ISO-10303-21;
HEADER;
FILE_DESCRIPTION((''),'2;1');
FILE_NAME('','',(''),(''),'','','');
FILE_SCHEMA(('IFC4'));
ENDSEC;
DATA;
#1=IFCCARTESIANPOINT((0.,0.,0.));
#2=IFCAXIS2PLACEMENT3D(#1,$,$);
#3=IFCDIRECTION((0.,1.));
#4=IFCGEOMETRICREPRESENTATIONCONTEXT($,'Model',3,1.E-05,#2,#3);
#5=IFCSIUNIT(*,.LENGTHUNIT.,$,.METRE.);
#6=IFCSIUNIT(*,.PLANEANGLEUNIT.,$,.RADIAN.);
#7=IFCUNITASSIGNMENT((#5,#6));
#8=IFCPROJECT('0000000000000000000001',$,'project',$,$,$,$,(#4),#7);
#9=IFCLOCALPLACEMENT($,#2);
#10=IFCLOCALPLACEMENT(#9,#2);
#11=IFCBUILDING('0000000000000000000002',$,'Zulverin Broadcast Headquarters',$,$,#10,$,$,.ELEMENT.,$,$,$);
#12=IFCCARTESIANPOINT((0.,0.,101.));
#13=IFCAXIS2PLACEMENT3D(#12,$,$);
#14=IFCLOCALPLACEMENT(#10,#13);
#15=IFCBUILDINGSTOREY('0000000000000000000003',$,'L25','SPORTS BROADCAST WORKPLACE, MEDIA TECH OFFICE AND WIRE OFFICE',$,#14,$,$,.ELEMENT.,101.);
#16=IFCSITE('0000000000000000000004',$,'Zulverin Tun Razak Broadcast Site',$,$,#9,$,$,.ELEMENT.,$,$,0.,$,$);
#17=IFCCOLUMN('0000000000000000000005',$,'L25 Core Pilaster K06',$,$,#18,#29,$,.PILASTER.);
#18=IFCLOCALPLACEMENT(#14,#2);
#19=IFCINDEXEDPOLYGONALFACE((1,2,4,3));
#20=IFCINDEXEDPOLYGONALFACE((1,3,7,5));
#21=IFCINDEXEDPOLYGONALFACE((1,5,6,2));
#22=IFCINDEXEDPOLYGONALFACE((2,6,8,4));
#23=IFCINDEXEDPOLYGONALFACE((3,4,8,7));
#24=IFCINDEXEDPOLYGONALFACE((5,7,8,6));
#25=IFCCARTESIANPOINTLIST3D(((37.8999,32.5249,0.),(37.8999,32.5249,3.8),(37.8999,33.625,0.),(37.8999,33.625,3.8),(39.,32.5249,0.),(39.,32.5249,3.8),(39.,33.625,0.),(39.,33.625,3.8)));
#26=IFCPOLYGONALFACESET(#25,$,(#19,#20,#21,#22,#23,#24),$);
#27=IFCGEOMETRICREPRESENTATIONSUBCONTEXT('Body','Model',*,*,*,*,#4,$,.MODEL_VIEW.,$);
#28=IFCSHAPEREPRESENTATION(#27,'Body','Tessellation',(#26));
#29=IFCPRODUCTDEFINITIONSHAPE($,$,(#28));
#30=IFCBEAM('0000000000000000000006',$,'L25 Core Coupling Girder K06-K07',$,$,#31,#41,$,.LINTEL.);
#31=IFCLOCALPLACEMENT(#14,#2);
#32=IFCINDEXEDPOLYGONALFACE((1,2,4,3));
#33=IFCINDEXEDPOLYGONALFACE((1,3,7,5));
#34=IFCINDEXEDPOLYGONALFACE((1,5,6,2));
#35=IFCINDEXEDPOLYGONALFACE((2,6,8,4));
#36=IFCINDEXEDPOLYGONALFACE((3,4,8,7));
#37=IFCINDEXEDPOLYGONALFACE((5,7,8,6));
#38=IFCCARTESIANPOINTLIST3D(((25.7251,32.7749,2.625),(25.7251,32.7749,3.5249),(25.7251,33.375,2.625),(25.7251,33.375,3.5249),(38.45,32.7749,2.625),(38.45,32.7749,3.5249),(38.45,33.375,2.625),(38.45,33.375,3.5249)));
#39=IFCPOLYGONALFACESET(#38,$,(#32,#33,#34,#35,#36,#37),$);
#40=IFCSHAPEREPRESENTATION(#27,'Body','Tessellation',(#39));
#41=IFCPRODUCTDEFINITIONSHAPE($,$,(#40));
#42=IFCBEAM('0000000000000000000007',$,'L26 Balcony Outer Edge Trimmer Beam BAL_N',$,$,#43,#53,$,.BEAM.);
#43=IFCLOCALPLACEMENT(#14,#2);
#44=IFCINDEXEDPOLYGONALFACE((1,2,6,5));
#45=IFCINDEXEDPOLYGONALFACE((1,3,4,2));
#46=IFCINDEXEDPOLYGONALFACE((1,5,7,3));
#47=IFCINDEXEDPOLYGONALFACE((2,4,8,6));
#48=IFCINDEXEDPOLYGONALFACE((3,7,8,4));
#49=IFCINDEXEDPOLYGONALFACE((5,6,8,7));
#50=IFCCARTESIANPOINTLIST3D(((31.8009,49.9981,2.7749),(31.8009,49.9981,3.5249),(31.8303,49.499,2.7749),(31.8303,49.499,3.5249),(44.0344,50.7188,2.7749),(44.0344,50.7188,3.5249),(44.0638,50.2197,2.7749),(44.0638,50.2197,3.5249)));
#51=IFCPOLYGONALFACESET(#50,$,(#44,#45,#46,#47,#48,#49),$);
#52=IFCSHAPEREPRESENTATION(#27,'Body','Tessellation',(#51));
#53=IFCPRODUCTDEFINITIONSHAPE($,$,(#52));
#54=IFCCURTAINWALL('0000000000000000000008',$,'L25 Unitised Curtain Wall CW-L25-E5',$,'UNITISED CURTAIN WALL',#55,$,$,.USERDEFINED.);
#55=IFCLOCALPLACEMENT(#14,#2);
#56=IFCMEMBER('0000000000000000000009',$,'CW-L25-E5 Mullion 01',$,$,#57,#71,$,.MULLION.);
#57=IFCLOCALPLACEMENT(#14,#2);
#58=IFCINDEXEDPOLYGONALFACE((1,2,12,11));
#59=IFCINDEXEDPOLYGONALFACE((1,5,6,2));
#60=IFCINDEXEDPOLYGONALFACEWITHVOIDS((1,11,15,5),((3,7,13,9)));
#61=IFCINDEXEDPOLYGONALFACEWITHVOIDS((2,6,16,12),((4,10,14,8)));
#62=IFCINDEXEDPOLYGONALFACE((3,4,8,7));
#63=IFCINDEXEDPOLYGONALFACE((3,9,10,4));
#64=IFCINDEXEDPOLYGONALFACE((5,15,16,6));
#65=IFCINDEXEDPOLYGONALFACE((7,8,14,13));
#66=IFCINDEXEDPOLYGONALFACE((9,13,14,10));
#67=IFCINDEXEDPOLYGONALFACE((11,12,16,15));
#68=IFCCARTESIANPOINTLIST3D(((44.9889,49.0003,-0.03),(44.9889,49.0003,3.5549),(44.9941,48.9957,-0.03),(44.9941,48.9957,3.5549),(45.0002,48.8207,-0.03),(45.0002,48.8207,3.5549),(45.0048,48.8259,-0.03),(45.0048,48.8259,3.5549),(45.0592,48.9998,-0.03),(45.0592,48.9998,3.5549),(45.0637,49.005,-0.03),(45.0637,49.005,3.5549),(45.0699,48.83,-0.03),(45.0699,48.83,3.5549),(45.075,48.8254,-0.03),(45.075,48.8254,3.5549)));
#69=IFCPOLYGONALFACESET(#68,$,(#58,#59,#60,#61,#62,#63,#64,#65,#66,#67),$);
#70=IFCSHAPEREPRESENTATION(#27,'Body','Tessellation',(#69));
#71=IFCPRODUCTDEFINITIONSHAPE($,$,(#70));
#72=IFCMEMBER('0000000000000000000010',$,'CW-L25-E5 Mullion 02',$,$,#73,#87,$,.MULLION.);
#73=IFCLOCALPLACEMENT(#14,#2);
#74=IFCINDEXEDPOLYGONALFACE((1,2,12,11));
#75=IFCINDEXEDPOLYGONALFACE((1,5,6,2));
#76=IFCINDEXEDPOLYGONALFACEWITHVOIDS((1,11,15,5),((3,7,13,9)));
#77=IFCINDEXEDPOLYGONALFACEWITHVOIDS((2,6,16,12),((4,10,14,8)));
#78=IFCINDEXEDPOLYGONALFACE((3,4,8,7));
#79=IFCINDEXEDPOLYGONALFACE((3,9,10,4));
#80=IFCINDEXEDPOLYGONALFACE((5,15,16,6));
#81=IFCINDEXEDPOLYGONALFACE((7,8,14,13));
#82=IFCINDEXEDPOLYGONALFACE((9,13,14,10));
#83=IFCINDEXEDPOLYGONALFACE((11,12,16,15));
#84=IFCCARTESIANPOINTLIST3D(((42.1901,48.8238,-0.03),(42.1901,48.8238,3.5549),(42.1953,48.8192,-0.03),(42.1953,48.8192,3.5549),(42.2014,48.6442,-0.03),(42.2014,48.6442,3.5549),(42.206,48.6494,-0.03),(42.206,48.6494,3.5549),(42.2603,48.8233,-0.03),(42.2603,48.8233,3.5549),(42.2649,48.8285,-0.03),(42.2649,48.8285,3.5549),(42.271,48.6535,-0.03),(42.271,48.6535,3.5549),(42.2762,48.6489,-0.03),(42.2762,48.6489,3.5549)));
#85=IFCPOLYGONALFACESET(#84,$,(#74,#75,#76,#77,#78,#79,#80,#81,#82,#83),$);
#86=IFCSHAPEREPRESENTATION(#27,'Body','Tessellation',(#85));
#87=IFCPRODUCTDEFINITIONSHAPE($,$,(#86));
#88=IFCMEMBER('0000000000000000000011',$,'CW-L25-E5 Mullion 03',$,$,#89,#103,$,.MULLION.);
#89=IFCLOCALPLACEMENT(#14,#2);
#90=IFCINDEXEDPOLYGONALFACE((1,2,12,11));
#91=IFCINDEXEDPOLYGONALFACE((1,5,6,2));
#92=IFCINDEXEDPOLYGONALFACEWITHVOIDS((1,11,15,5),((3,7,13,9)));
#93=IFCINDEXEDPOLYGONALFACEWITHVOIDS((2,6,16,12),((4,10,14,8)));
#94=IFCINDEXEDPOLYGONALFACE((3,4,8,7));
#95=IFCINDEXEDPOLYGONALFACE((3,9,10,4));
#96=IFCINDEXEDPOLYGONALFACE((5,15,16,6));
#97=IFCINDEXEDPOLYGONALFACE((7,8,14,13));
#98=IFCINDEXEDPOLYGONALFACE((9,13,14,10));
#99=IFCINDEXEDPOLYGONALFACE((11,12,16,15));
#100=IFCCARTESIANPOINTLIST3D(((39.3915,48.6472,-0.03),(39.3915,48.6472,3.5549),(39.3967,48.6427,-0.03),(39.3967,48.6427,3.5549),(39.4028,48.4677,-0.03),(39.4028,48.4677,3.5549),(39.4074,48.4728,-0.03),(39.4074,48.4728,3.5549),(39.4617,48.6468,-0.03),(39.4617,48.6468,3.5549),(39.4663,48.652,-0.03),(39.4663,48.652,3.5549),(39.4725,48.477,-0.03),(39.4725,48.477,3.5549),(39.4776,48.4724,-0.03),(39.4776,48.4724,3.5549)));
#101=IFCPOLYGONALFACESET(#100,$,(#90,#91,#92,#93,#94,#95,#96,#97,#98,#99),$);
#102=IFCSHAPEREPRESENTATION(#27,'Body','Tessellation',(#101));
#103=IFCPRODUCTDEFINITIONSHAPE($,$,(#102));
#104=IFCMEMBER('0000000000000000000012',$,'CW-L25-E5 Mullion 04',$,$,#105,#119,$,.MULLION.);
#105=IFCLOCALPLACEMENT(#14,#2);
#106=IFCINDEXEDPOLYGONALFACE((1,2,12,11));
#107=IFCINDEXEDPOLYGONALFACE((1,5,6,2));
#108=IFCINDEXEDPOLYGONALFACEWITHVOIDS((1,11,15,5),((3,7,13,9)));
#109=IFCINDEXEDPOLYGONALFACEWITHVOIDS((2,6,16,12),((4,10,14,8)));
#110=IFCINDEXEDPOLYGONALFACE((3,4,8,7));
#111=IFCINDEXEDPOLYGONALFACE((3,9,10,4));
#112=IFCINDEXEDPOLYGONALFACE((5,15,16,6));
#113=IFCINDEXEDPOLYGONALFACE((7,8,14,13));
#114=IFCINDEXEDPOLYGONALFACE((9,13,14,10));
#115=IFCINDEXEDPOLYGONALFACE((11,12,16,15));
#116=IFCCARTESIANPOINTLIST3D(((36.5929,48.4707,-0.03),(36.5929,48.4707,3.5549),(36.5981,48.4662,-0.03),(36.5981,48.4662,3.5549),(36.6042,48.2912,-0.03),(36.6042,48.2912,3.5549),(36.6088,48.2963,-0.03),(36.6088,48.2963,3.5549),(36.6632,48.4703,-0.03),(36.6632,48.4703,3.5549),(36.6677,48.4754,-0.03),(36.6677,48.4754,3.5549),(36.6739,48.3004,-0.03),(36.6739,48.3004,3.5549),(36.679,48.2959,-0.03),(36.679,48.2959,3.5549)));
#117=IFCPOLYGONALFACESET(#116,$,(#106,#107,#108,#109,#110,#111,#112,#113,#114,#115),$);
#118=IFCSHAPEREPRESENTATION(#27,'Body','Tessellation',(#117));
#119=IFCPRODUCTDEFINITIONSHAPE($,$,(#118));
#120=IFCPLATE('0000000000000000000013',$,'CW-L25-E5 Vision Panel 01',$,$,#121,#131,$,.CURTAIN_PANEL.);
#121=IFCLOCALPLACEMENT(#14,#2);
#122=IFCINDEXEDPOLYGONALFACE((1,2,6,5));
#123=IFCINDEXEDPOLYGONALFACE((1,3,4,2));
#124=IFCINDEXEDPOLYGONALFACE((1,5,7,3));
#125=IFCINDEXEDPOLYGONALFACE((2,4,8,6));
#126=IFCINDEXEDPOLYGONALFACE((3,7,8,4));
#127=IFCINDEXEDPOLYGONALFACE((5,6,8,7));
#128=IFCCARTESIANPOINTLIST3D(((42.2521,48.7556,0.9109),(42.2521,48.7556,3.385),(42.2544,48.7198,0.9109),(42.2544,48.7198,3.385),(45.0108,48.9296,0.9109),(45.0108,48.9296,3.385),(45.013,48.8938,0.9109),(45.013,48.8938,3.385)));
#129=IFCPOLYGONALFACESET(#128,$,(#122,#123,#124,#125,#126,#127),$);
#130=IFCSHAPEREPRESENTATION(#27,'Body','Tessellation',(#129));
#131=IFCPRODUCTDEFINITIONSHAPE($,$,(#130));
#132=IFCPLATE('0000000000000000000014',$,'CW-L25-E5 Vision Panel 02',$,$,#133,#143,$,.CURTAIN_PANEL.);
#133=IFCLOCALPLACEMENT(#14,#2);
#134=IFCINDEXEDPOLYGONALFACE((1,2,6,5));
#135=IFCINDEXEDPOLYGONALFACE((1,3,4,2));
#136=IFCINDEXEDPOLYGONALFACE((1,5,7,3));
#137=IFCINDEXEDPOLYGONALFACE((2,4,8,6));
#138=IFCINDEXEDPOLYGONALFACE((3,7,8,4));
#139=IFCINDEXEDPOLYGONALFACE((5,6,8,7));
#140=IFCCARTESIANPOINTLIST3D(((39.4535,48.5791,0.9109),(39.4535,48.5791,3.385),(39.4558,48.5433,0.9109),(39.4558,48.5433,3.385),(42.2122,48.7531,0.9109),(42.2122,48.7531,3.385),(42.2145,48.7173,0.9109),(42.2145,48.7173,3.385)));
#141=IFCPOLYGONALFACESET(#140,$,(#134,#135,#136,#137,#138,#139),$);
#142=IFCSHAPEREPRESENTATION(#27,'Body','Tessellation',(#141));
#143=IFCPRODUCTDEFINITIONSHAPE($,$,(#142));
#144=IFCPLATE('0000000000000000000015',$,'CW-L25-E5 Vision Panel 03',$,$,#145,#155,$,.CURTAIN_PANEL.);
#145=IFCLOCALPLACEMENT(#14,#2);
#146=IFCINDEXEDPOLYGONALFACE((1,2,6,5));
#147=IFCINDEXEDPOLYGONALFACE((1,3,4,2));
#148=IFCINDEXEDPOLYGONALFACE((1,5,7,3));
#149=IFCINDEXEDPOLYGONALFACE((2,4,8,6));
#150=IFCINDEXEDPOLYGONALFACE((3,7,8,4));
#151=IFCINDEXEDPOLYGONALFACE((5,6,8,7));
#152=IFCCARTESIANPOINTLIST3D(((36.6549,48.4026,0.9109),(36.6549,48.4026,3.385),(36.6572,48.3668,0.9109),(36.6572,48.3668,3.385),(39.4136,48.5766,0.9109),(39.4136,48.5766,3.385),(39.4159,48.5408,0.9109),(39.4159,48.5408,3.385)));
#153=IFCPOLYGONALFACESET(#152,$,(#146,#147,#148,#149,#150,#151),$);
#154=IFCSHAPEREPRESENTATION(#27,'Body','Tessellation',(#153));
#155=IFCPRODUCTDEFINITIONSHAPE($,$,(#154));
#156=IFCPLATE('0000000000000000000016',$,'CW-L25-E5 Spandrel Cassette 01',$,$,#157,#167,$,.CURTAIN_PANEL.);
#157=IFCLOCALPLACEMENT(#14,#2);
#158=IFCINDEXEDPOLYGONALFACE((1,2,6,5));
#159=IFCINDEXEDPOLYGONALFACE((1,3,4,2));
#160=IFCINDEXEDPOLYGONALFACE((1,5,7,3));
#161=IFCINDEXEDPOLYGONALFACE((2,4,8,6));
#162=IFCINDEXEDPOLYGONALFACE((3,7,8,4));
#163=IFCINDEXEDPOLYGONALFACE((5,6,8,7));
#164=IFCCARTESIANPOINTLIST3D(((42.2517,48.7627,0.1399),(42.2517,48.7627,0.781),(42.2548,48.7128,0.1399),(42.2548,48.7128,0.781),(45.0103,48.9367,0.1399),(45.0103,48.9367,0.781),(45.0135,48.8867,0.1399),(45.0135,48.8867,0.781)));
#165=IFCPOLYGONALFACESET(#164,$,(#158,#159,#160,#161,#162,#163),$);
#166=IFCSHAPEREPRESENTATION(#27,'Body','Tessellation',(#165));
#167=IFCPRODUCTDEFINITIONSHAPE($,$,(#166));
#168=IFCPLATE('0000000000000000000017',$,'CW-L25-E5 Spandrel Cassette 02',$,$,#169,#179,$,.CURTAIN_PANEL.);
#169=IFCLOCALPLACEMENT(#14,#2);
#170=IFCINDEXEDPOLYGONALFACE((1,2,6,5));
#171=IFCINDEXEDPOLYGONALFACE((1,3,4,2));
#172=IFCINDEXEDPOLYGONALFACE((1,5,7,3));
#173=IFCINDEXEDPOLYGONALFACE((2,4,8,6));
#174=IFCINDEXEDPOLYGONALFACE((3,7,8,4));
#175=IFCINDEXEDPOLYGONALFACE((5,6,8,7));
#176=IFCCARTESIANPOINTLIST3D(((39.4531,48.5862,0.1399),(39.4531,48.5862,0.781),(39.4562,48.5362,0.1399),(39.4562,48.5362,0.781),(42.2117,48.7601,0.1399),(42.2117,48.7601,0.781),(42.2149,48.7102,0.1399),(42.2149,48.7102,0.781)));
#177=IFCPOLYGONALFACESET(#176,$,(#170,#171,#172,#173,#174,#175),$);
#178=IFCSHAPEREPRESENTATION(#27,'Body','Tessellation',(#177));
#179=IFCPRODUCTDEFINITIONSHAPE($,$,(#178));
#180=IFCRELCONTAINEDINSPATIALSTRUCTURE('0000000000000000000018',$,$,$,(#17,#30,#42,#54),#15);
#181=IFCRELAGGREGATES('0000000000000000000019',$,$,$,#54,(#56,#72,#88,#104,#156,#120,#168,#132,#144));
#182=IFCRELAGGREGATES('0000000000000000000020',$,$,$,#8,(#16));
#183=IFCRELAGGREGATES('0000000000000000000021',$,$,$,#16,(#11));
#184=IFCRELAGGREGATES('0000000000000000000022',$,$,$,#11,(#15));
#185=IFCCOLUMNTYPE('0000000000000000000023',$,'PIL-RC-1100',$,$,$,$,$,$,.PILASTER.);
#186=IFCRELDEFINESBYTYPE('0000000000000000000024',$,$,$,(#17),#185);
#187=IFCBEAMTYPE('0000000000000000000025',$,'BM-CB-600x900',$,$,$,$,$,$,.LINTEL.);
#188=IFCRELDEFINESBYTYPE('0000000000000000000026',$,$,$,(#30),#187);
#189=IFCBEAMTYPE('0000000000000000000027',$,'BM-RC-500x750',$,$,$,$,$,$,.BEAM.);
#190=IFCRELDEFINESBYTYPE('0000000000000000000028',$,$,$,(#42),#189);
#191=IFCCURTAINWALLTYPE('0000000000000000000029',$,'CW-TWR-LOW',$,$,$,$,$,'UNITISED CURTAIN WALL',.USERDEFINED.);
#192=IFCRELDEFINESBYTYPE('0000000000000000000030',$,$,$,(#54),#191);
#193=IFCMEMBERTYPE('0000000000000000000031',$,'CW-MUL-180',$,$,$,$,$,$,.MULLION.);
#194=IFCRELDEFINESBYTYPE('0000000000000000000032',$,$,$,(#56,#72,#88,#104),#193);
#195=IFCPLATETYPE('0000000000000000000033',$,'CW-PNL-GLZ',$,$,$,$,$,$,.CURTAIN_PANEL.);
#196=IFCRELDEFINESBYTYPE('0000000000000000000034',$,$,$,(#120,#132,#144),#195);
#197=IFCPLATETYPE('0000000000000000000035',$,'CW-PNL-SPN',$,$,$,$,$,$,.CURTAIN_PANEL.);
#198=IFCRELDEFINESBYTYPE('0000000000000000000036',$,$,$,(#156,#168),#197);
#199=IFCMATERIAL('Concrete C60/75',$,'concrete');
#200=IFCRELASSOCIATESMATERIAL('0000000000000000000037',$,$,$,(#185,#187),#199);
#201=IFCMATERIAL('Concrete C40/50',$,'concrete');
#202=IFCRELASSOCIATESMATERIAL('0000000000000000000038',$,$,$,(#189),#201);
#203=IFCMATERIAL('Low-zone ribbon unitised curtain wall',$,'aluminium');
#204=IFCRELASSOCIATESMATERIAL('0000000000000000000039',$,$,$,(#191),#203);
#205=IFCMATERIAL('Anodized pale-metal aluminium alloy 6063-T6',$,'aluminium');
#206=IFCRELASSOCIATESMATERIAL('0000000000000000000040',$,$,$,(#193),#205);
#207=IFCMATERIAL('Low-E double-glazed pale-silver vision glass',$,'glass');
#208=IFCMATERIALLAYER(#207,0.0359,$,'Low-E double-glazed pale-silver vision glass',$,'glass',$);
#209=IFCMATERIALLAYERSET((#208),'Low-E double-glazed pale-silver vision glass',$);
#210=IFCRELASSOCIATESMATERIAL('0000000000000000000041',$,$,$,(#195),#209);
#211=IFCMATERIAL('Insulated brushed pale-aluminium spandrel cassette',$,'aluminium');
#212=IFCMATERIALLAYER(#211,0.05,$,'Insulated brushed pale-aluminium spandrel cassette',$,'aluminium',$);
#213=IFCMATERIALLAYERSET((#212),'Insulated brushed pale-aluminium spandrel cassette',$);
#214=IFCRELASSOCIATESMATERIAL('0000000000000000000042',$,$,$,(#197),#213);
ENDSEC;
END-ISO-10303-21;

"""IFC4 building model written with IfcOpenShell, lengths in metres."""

from ifc_helpers import new_model, si_unit, direction, frame, origin, origin_2d, place, context, subcontext, project, spatial, rectangle, hollow_rectangle, extrude, material, layer, layer_set, material_profile, profile_set, type_object, element, aggregate, save


model = new_model("IFC4")

# Units and contexts
model_context = context("Model", 3, precision=1e-05, world=origin(), true_north=direction((0.0, 1.0)))
body_context = subcontext(model_context, "Body", "Model", "MODEL_VIEW")
ifc_project = project(units=[si_unit("LENGTHUNIT", "METRE"), si_unit("PLANEANGLEUNIT", "RADIAN")], contexts=[model_context])

# Site, building, storey
site_placement = place(None, origin())
site = spatial("IfcSite", under=ifc_project, at=site_placement, Name="Zulverin Tun Razak Broadcast Site", CompositionType="ELEMENT", RefElevation=0.0)
building_placement = place(site_placement, origin())
building = spatial("IfcBuilding", under=site, at=building_placement, Name="Zulverin Broadcast Headquarters", CompositionType="ELEMENT")
storey_placement = place(building_placement, frame((0.0, 0.0, 101.0)))
storey = spatial("IfcBuildingStorey", under=building, at=storey_placement, Name="L25", Description="SPORTS BROADCAST WORKPLACE, MEDIA TECH OFFICE AND WIRE OFFICE", CompositionType="ELEMENT", Elevation=101.0)

# Column
ifc_material_1 = material(Name="Concrete C60/75", Category="concrete")
ifc_material_profile_1 = material_profile(ifc_material_1, rectangle(XDim=1.1001, YDim=1.1001, at=origin_2d()), Name="Concrete C60/75", Category="concrete")
ifc_profile_set_1 = profile_set([ifc_material_profile_1], Name="Concrete C60/75")
column_type = type_object("IfcColumnType", Name="PIL-RC-1100", PredefinedType="PILASTER", material=ifc_profile_set_1)
column_placement = place(storey_placement, frame((38.45, 33.075, 0.0), z_axis=(0.0, 0.0, 1.0), x_axis=(1.0, 0.0, 0.0)))
element("IfcColumn", 1, at=column_placement, inside=storey, type_object=column_type, Name="L25 Core Pilaster K06", PredefinedType="PILASTER", context=body_context, shape_type="SweptSolid", body=[
    extrude(rectangle(XDim=1.1001, YDim=1.1001, at=origin_2d()), origin(), (0.0, 0.0, 1.0), 3.8),
])

# Beams
ifc_material_profile_2 = material_profile(ifc_material_1, rectangle(XDim=0.6001, YDim=0.8999, at=origin_2d()), Name="Concrete C60/75", Category="concrete")
ifc_profile_set_2 = profile_set([ifc_material_profile_2], Name="Concrete C60/75")
beam_type_1 = type_object("IfcBeamType", Name="BM-CB-600x900", PredefinedType="LINTEL", material=ifc_profile_set_2)
beam_1_placement = place(storey_placement, frame((38.45, 33.075, 3.075), z_axis=(-1.0, 0.0, 0.0), x_axis=(0.0, -1.0, 0.0)))
element("IfcBeam", 2, at=beam_1_placement, inside=storey, type_object=beam_type_1, Name="L25 Core Coupling Girder K06-K07", PredefinedType="LINTEL", context=body_context, shape_type="SweptSolid", body=[
    extrude(rectangle(XDim=0.6001, YDim=0.8999, at=origin_2d()), origin(), (0.0, 0.0, 1.0), 12.7249),
])
ifc_material_2 = material(Name="Concrete C40/50", Category="concrete")
ifc_material_profile_3 = material_profile(ifc_material_2, rectangle(XDim=0.5, YDim=0.75, at=origin_2d()), Name="Concrete C40/50", Category="concrete")
ifc_profile_set_3 = profile_set([ifc_material_profile_3], Name="Concrete C40/50")
beam_type_2 = type_object("IfcBeamType", Name="BM-RC-500x750", PredefinedType="BEAM", material=ifc_profile_set_3)
beam_2_placement = place(storey_placement, frame((44.0491, 50.4692, 3.1499), z_axis=(-0.998269, -0.058811, 0.0), x_axis=(0.058811, -0.998269, 0.0)))
element("IfcBeam", 3, at=beam_2_placement, inside=storey, type_object=beam_type_2, Name="L26 Balcony Outer Edge Trimmer Beam BAL_N", PredefinedType="BEAM", context=body_context, shape_type="SweptSolid", body=[
    extrude(rectangle(XDim=0.5, YDim=0.75, at=origin_2d()), origin(), (0.0, 0.0, 1.0), 12.2546),
])

# Curtain wall, members, plates
ifc_material_3 = material(Name="Low-zone ribbon unitised curtain wall", Category="aluminium")
curtain_wall_type = type_object("IfcCurtainWallType", Name="CW-TWR-LOW", ElementType="UNITISED CURTAIN WALL", PredefinedType="USERDEFINED", material=ifc_material_3)
curtain_wall_placement = place(storey_placement, origin())
curtain_wall = element("IfcCurtainWall", 4, at=curtain_wall_placement, inside=storey, type_object=curtain_wall_type, Name="L25 Unitised Curtain Wall CW-L25-E5", ObjectType="UNITISED CURTAIN WALL", PredefinedType="USERDEFINED")
ifc_material_4 = material(Name="Anodized pale-metal aluminium alloy 6063-T6", Category="aluminium")
ifc_material_profile_4 = material_profile(ifc_material_4, hollow_rectangle(XDim=0.075, YDim=0.1799, WallThickness=0.0049, at=origin_2d()), Name="Anodized pale-metal aluminium alloy 6063-T6", Category="aluminium")
ifc_profile_set_4 = profile_set([ifc_material_profile_4], Name="Anodized pale-metal aluminium alloy 6063-T6")
member_type = type_object("IfcMemberType", Name="CW-MUL-180", PredefinedType="MULLION", material=ifc_profile_set_4)
member_1_placement = place(storey_placement, frame((45.032, 48.9128, -0.03), z_axis=(0.0, 0.0, 1.0), x_axis=(-0.998018, -0.062935, 0.0)))
member_1 = element("IfcMember", 5, at=member_1_placement, type_object=member_type, Name="CW-L25-E5 Mullion 01", PredefinedType="MULLION", context=body_context, shape_type="SweptSolid", body=[
    extrude(hollow_rectangle(XDim=0.075, YDim=0.1799, WallThickness=0.0049, at=origin_2d()), origin(), (0.0, 0.0, 1.0), 3.585),
])
member_2_placement = place(storey_placement, frame((42.2332, 48.7363, -0.03), z_axis=(0.0, 0.0, 1.0), x_axis=(-0.998018, -0.062935, 0.0)))
member_2 = element("IfcMember", 6, at=member_2_placement, type_object=member_type, Name="CW-L25-E5 Mullion 02", PredefinedType="MULLION", context=body_context, shape_type="SweptSolid", body=[
    extrude(hollow_rectangle(XDim=0.075, YDim=0.1799, WallThickness=0.0049, at=origin_2d()), origin(), (0.0, 0.0, 1.0), 3.585),
])
member_3_placement = place(storey_placement, frame((39.4346, 48.5598, -0.03), z_axis=(0.0, 0.0, 1.0), x_axis=(-0.998018, -0.062935, 0.0)))
member_3 = element("IfcMember", 7, at=member_3_placement, type_object=member_type, Name="CW-L25-E5 Mullion 03", PredefinedType="MULLION", context=body_context, shape_type="SweptSolid", body=[
    extrude(hollow_rectangle(XDim=0.075, YDim=0.1799, WallThickness=0.0049, at=origin_2d()), origin(), (0.0, 0.0, 1.0), 3.585),
])
member_4_placement = place(storey_placement, frame((36.636, 48.3833, -0.03), z_axis=(0.0, 0.0, 1.0), x_axis=(-0.998018, -0.062935, 0.0)))
member_4 = element("IfcMember", 8, at=member_4_placement, type_object=member_type, Name="CW-L25-E5 Mullion 04", PredefinedType="MULLION", context=body_context, shape_type="SweptSolid", body=[
    extrude(hollow_rectangle(XDim=0.075, YDim=0.1799, WallThickness=0.0049, at=origin_2d()), origin(), (0.0, 0.0, 1.0), 3.585),
])
ifc_material_5 = material(Name="Low-E double-glazed pale-silver vision glass", Category="glass")
ifc_layer_1 = layer(ifc_material_5, 0.0359, Name="Low-E double-glazed pale-silver vision glass", Category="glass")
ifc_layer_set_1 = layer_set([ifc_layer_1], Name="Low-E double-glazed pale-silver vision glass")
plate_type_1 = type_object("IfcPlateType", Name="CW-PNL-GLZ", PredefinedType="CURTAIN_PANEL", material=ifc_layer_set_1)
plate_1_placement = place(storey_placement, frame((43.6326, 48.8247, 0.9109), z_axis=(0.0, 0.0, 1.0), x_axis=(-0.998018, -0.062935, 0.0)))
plate_1 = element("IfcPlate", 9, at=plate_1_placement, type_object=plate_type_1, Name="CW-L25-E5 Vision Panel 01", PredefinedType="CURTAIN_PANEL", context=body_context, shape_type="SweptSolid", body=[
    extrude(rectangle(XDim=2.7642, YDim=0.0359, at=origin_2d()), origin(), (0.0, 0.0, 1.0), 2.4741),
])
plate_2_placement = place(storey_placement, frame((40.834, 48.6482, 0.9109), z_axis=(0.0, 0.0, 1.0), x_axis=(-0.998018, -0.062935, 0.0)))
plate_2 = element("IfcPlate", 10, at=plate_2_placement, type_object=plate_type_1, Name="CW-L25-E5 Vision Panel 02", PredefinedType="CURTAIN_PANEL", context=body_context, shape_type="SweptSolid", body=[
    extrude(rectangle(XDim=2.7642, YDim=0.0359, at=origin_2d()), origin(), (0.0, 0.0, 1.0), 2.4741),
])
plate_3_placement = place(storey_placement, frame((38.0354, 48.4717, 0.9109), z_axis=(0.0, 0.0, 1.0), x_axis=(-0.998018, -0.062935, 0.0)))
plate_3 = element("IfcPlate", 11, at=plate_3_placement, type_object=plate_type_1, Name="CW-L25-E5 Vision Panel 03", PredefinedType="CURTAIN_PANEL", context=body_context, shape_type="SweptSolid", body=[
    extrude(rectangle(XDim=2.7642, YDim=0.0359, at=origin_2d()), origin(), (0.0, 0.0, 1.0), 2.4741),
])
ifc_material_6 = material(Name="Insulated brushed pale-aluminium spandrel cassette", Category="aluminium")
ifc_layer_2 = layer(ifc_material_6, 0.05, Name="Insulated brushed pale-aluminium spandrel cassette", Category="aluminium")
ifc_layer_set_2 = layer_set([ifc_layer_2], Name="Insulated brushed pale-aluminium spandrel cassette")
plate_type_2 = type_object("IfcPlateType", Name="CW-PNL-SPN", PredefinedType="CURTAIN_PANEL", material=ifc_layer_set_2)
plate_4_placement = place(storey_placement, frame((43.6326, 48.8247, 0.1399), z_axis=(0.0, 0.0, 1.0), x_axis=(-0.998018, -0.062935, 0.0)))
plate_4 = element("IfcPlate", 12, at=plate_4_placement, type_object=plate_type_2, Name="CW-L25-E5 Spandrel Cassette 01", PredefinedType="CURTAIN_PANEL", context=body_context, shape_type="SweptSolid", body=[
    extrude(rectangle(XDim=2.7642, YDim=0.05, at=origin_2d()), origin(), (0.0, 0.0, 1.0), 0.6411),
])
plate_5_placement = place(storey_placement, frame((40.834, 48.6482, 0.1399), z_axis=(0.0, 0.0, 1.0), x_axis=(-0.998018, -0.062935, 0.0)))
plate_5 = element("IfcPlate", 13, at=plate_5_placement, type_object=plate_type_2, Name="CW-L25-E5 Spandrel Cassette 02", PredefinedType="CURTAIN_PANEL", context=body_context, shape_type="SweptSolid", body=[
    extrude(rectangle(XDim=2.7642, YDim=0.05, at=origin_2d()), origin(), (0.0, 0.0, 1.0), 0.6411),
])
aggregate(curtain_wall, [member_1, member_2, member_3, member_4, plate_4, plate_1, plate_5, plate_2, plate_3])

save(model, "model.ifc")
